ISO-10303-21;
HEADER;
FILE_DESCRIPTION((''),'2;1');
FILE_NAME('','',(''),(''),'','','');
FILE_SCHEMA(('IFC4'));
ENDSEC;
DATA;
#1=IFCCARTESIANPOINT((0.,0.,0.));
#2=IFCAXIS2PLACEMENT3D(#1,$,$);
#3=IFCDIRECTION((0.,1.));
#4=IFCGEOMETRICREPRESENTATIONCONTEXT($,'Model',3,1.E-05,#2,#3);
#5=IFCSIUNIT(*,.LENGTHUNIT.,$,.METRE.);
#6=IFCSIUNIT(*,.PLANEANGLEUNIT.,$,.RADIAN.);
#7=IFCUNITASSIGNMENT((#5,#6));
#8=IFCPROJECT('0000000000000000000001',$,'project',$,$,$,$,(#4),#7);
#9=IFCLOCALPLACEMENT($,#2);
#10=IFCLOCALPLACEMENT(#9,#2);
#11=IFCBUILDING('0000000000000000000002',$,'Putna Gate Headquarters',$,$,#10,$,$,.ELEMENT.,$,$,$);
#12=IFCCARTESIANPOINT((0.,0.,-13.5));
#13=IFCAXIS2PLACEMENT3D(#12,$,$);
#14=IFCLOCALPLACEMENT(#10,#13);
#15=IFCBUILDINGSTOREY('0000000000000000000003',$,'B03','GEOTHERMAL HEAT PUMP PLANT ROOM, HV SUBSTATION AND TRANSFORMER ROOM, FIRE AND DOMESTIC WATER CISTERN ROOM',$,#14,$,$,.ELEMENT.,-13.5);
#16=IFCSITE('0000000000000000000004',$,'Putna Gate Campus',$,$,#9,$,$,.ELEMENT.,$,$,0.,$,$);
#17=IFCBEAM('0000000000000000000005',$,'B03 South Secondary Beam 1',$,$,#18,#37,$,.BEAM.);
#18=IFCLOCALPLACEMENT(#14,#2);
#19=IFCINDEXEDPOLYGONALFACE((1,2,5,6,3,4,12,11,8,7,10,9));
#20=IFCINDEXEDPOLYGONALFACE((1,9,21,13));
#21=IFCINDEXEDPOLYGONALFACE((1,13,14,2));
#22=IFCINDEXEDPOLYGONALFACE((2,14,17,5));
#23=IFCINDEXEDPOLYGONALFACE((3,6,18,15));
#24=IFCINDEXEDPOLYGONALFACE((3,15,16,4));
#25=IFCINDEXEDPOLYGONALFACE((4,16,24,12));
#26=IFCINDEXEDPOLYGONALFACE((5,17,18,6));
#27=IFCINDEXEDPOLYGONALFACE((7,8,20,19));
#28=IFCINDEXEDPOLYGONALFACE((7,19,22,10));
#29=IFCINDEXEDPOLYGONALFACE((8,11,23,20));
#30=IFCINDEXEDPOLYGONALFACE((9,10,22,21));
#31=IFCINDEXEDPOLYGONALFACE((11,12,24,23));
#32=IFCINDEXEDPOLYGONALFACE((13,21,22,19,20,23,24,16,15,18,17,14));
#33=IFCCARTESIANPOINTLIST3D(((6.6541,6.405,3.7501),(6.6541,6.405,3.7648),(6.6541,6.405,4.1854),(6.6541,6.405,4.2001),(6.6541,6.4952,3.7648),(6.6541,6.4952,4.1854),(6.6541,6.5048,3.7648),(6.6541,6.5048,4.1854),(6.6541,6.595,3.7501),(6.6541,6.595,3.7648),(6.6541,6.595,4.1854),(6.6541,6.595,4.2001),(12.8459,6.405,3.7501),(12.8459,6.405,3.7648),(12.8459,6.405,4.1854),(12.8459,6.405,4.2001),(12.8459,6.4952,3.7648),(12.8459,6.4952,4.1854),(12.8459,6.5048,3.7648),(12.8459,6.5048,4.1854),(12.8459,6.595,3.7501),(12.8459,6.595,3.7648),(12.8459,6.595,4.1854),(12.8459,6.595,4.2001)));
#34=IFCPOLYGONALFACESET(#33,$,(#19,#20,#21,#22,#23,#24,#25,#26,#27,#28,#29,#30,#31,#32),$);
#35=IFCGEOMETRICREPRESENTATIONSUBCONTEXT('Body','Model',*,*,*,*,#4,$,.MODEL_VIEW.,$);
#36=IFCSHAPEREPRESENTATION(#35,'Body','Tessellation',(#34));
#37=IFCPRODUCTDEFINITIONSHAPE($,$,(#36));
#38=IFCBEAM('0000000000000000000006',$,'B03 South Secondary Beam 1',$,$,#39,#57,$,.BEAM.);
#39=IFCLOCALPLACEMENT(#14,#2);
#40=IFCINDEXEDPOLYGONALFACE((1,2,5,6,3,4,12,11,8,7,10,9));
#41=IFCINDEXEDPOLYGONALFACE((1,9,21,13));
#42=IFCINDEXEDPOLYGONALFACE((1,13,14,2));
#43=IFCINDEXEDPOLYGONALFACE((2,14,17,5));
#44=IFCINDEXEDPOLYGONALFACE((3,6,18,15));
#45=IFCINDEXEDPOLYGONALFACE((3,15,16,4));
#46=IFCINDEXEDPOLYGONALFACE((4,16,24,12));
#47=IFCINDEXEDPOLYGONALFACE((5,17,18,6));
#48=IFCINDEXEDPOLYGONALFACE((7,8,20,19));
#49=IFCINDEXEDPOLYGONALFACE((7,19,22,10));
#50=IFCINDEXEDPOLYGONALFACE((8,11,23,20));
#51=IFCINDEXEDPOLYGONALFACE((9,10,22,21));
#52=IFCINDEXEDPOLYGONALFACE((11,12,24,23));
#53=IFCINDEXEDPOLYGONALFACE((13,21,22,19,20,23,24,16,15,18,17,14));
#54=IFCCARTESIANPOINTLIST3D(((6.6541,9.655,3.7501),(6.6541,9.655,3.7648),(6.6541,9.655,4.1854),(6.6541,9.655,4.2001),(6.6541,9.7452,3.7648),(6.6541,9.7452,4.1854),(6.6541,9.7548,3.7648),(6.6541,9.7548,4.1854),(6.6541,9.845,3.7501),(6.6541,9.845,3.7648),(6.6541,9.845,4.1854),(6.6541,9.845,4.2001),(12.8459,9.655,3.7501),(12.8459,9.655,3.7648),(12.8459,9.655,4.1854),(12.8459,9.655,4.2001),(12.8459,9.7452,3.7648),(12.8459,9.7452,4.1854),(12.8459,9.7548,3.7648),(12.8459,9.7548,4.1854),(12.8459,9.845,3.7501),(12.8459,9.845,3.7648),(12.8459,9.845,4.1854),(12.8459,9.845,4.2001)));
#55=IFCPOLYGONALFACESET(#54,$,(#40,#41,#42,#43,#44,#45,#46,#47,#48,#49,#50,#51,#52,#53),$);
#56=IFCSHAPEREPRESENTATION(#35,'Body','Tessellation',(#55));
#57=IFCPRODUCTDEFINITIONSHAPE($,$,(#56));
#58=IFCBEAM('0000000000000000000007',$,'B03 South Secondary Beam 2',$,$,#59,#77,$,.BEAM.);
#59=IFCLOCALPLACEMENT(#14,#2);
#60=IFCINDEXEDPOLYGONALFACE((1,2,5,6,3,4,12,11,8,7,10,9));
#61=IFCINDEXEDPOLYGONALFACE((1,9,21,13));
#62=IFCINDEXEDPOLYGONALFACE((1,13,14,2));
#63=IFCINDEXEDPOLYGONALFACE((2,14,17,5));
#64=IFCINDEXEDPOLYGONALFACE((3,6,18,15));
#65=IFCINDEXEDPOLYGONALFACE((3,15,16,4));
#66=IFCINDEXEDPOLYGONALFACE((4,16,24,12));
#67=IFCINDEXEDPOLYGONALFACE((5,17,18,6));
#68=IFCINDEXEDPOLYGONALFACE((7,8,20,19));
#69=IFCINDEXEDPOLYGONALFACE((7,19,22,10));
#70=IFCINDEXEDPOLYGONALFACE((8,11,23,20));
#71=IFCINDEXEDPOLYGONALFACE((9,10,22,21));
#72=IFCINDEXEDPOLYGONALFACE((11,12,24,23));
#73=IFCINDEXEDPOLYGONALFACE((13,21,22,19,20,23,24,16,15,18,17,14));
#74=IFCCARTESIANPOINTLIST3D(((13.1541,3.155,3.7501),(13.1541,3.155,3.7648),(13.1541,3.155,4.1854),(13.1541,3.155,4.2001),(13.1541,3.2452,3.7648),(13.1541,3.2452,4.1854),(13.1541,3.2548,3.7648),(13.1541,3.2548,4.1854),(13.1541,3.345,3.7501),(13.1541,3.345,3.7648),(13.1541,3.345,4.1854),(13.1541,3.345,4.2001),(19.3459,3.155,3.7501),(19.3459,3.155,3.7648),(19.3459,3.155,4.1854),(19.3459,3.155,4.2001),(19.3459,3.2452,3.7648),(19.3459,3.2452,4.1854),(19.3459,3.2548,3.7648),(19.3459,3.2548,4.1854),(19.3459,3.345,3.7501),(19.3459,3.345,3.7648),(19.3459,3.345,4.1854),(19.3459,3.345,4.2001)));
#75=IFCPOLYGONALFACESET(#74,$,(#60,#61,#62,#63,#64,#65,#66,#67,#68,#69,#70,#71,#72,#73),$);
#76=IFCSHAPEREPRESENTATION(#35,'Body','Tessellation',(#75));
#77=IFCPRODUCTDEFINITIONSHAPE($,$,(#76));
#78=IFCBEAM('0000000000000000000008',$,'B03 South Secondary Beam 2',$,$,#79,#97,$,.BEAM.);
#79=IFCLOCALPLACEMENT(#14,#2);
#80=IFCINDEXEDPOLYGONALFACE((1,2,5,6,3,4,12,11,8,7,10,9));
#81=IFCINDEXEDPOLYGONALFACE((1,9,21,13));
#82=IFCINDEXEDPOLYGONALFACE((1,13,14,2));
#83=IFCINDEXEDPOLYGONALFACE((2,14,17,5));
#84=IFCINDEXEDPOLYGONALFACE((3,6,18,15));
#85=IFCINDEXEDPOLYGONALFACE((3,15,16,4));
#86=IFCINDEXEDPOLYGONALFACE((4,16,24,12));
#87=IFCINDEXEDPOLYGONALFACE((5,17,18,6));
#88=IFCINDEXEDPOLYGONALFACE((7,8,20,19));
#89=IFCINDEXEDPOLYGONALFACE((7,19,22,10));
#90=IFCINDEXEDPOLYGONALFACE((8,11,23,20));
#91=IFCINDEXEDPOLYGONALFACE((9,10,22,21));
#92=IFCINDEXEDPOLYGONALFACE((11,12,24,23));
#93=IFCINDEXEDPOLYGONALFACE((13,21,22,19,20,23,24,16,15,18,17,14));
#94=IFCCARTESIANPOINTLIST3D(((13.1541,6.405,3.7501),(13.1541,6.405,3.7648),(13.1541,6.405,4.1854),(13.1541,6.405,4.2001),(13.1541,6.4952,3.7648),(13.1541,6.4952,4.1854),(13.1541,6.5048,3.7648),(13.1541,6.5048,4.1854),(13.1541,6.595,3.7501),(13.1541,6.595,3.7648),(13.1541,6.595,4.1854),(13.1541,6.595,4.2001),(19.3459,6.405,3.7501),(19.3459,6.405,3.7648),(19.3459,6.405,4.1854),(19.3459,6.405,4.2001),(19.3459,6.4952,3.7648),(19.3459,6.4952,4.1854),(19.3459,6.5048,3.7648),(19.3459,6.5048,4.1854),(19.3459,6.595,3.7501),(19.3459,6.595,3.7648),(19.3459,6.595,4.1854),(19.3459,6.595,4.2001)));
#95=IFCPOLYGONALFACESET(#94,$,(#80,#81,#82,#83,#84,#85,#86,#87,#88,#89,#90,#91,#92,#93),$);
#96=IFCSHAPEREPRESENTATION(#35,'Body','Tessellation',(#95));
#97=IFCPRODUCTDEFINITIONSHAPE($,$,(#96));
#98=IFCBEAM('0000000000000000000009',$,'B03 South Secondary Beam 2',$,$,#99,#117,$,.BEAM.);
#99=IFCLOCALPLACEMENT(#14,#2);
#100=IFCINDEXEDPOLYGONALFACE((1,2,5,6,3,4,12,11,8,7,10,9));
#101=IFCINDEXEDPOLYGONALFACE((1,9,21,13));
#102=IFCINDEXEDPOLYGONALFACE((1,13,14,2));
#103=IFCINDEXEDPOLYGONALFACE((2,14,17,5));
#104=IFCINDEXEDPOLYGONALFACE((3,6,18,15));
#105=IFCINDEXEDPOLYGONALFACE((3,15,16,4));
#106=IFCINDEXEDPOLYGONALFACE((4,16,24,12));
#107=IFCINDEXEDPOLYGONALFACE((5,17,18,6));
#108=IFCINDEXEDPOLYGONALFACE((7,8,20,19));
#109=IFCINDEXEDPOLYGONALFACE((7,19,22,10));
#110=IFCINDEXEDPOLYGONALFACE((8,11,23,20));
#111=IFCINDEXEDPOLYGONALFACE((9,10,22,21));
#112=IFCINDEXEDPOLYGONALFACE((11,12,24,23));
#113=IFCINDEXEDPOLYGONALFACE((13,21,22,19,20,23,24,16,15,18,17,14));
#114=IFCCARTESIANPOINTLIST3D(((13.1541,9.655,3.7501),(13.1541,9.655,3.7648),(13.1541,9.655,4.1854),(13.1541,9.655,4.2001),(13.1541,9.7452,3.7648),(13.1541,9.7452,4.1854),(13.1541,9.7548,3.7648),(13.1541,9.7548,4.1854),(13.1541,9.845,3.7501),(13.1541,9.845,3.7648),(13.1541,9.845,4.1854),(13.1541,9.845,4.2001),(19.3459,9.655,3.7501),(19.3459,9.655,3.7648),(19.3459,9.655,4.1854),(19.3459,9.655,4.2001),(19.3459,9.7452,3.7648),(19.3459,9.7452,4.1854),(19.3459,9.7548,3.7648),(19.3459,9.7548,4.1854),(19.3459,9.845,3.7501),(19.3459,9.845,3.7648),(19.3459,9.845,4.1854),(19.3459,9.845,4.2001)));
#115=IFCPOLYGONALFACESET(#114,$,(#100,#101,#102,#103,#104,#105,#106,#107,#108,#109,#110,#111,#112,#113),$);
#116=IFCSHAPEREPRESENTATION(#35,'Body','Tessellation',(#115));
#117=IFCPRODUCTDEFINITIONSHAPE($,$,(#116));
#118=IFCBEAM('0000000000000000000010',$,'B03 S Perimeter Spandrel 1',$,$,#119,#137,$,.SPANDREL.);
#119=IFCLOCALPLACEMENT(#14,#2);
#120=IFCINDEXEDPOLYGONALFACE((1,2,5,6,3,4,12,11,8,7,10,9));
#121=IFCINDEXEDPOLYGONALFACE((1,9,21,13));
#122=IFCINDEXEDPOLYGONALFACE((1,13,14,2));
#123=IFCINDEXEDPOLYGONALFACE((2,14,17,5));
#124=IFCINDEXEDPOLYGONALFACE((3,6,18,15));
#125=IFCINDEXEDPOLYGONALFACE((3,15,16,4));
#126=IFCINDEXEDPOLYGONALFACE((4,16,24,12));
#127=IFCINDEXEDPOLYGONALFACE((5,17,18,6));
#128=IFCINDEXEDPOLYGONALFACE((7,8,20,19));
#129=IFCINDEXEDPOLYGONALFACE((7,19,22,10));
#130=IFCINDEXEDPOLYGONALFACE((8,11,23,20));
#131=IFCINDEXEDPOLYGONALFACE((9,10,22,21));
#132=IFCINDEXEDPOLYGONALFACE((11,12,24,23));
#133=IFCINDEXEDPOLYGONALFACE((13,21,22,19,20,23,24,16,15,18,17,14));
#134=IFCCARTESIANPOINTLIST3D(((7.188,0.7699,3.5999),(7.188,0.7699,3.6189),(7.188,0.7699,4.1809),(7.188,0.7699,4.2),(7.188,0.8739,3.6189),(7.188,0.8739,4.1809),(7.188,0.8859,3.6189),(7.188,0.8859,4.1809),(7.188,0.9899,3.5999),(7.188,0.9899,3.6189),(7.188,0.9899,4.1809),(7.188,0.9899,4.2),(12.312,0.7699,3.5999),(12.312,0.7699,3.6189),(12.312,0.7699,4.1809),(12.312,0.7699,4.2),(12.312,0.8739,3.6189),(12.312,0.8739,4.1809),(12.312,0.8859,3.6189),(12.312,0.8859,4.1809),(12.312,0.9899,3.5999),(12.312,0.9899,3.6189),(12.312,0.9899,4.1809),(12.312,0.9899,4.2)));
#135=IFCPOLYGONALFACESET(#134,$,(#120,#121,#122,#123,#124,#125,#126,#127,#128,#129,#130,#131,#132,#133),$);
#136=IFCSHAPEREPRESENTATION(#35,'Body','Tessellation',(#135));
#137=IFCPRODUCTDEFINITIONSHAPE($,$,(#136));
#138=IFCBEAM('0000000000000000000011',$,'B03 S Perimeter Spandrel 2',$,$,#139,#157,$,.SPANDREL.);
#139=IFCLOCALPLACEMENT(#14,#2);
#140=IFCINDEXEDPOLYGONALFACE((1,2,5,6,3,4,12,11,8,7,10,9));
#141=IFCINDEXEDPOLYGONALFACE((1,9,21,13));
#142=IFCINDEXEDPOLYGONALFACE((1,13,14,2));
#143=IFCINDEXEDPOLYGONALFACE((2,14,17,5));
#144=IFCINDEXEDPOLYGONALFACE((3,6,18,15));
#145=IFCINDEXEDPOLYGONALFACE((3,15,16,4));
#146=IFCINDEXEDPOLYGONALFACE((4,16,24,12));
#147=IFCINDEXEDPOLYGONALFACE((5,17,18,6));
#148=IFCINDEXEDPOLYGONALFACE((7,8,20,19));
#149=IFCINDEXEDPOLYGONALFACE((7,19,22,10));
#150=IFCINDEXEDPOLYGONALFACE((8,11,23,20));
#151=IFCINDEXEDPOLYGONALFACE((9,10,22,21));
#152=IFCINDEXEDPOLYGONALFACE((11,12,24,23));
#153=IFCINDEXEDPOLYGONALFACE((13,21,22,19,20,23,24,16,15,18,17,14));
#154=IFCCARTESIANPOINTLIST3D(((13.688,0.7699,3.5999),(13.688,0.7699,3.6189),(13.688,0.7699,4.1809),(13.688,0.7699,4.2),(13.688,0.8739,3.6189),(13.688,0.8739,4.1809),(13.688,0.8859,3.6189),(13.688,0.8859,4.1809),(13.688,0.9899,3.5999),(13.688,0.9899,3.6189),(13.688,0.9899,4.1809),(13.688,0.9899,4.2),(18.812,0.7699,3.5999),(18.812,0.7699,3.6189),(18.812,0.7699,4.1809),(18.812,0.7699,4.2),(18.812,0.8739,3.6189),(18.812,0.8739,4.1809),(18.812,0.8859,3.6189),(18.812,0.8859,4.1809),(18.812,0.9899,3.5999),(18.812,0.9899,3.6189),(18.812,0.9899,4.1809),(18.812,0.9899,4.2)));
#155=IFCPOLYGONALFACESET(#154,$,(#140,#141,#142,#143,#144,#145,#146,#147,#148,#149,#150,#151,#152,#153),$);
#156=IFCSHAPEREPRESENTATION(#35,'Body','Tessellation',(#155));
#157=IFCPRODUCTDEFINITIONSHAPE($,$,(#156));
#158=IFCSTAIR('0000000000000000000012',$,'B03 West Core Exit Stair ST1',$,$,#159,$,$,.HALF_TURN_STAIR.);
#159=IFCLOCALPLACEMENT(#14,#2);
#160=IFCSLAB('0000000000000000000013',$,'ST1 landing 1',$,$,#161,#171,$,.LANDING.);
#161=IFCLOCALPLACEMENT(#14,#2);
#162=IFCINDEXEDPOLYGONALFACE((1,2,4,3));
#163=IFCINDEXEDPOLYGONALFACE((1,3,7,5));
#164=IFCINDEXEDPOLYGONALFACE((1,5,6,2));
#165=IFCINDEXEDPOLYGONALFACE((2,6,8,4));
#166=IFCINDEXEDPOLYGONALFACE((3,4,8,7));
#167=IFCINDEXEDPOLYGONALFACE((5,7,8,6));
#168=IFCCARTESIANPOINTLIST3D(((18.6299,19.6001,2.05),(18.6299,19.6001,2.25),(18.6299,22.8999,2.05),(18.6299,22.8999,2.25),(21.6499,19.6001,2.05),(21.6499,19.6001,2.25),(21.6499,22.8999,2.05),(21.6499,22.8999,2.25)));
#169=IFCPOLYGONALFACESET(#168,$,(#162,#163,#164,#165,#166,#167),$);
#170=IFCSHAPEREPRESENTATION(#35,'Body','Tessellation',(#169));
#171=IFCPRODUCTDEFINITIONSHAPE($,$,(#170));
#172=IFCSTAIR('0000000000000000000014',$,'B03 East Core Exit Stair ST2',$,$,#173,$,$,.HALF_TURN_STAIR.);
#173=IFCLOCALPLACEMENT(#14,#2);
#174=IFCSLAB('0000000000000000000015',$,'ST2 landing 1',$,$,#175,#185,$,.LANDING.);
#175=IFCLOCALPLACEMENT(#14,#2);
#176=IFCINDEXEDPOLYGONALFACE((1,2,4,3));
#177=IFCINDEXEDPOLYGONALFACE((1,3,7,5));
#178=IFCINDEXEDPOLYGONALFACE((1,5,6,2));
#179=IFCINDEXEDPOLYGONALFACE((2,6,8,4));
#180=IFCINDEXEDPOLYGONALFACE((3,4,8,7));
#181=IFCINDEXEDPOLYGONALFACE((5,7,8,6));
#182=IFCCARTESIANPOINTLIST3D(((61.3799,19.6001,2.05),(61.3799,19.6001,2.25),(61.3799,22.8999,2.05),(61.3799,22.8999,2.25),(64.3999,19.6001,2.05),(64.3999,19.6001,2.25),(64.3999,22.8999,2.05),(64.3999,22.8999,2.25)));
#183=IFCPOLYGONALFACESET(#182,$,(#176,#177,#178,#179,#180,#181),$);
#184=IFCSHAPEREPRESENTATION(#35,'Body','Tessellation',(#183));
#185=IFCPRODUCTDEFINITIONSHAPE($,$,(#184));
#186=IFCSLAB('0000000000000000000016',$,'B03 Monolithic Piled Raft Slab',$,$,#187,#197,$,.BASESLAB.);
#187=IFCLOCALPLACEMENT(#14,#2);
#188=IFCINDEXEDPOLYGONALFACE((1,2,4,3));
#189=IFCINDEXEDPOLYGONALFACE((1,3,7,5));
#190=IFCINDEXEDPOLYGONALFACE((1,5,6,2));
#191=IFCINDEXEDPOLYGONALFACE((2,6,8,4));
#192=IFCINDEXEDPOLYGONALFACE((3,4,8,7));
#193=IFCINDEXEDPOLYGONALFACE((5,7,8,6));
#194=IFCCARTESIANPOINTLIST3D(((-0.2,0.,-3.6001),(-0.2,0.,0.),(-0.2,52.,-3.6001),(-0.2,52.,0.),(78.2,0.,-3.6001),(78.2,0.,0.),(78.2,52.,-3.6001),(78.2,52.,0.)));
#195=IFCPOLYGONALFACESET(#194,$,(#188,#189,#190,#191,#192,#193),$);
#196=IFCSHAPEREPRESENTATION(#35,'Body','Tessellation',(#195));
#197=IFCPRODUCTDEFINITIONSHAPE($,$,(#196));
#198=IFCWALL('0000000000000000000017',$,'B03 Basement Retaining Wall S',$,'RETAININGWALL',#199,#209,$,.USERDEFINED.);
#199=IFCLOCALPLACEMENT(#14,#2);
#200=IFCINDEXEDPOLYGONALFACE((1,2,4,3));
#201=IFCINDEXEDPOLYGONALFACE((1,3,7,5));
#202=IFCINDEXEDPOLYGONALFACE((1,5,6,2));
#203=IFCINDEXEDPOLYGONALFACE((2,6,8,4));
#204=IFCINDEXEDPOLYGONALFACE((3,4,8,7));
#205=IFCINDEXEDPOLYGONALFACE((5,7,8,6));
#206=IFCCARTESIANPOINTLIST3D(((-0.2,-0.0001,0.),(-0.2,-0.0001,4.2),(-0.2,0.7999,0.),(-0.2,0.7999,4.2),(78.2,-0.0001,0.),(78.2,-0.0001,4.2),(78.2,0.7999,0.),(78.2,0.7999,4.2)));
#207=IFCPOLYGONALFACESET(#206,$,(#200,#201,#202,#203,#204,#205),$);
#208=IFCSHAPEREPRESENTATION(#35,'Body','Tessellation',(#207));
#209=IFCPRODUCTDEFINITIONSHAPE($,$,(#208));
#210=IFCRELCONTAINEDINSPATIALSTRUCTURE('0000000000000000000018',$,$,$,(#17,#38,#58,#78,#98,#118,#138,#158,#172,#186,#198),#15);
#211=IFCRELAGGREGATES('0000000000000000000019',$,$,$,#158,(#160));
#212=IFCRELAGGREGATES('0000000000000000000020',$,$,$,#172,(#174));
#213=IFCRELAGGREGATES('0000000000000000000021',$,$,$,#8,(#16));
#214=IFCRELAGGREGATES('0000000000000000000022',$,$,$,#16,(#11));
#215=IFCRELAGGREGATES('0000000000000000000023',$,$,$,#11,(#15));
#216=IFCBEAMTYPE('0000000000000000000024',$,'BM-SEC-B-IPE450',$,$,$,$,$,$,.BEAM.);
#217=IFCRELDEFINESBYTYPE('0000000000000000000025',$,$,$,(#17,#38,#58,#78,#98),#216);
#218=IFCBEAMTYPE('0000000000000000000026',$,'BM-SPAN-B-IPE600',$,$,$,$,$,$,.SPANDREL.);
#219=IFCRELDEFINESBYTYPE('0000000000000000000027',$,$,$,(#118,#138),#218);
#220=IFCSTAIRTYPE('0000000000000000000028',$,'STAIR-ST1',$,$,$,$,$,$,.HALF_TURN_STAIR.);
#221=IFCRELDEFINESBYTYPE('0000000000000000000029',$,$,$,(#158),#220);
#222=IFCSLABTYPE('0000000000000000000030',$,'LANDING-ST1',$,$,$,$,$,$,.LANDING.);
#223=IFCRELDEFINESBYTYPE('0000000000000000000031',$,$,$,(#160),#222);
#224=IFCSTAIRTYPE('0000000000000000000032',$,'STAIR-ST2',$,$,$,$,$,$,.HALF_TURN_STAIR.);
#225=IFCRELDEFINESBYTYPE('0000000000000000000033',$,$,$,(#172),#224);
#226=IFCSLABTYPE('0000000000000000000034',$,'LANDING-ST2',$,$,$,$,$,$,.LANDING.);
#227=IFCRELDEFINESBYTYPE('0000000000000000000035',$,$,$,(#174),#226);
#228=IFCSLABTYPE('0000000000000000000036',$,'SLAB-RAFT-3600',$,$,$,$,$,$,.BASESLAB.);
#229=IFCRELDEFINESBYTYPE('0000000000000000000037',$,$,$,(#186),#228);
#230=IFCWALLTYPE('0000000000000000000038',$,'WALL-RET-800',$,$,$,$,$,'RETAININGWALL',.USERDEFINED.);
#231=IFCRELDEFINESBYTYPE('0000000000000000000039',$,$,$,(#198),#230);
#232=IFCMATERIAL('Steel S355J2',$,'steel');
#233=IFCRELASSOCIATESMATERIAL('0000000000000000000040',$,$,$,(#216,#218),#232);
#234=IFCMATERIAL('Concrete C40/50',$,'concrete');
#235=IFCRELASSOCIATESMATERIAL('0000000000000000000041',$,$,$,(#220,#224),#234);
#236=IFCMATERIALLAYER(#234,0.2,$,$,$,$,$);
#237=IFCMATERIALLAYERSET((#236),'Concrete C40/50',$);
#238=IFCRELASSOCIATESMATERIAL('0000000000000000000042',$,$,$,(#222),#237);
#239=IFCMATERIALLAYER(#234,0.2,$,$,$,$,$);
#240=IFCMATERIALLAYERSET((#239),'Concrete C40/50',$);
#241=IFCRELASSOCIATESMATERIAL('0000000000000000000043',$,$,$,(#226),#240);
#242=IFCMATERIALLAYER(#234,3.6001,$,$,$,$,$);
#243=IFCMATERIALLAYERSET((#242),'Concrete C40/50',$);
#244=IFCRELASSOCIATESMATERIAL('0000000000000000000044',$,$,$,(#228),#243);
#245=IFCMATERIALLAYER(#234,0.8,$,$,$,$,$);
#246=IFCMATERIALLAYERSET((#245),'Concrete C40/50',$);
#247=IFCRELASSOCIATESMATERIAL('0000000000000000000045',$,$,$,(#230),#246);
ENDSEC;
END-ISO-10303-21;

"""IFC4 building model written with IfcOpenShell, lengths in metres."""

from ifc_helpers import new_model, si_unit, direction, frame, frame_2d, origin, origin_2d, place, context, subcontext, project, spatial, polyline, rectangle, i_section, outline, extrude, material, layer, layer_set, material_profile, profile_set, type_object, element, aggregate, save


model = new_model("IFC4")

# Units and contexts
model_context = context("Model", 3, precision=1e-05, world=origin(), true_north=direction((0.0, 1.0)))
body_context = subcontext(model_context, "Body", "Model", "MODEL_VIEW")
ifc_project = project(units=[si_unit("LENGTHUNIT", "METRE"), si_unit("PLANEANGLEUNIT", "RADIAN")], contexts=[model_context])

# Site, building, storey
site_placement = place(None, origin())
site = spatial("IfcSite", under=ifc_project, at=site_placement, Name="Putna Gate Campus", CompositionType="ELEMENT", RefElevation=0.0)
building_placement = place(site_placement, origin())
building = spatial("IfcBuilding", under=site, at=building_placement, Name="Putna Gate Headquarters", CompositionType="ELEMENT")
storey_placement = place(building_placement, frame((0.0, 0.0, -13.5)))
storey = spatial("IfcBuildingStorey", under=building, at=storey_placement, Name="B03", Description="GEOTHERMAL HEAT PUMP PLANT ROOM, HV SUBSTATION AND TRANSFORMER ROOM, FIRE AND DOMESTIC WATER CISTERN ROOM", CompositionType="ELEMENT", Elevation=-13.5)

# Shared definitions
ifc_material_1 = material(Name="Concrete C40/50", Category="concrete")

# Beams
ifc_material_2 = material(Name="Steel S355J2", Category="steel")
ifc_material_profile_1 = material_profile(ifc_material_2, i_section(OverallWidth=0.1899, OverallDepth=0.45, WebThickness=0.0095, FlangeThickness=0.0146, at=origin_2d()), Name="Steel S355J2")
ifc_profile_set_1 = profile_set([ifc_material_profile_1], Name="Steel S355J2")
beam_type_1 = type_object("IfcBeamType", Name="BM-SEC-B-IPE450", PredefinedType="BEAM", material=ifc_profile_set_1)
for number, where, z_axis, x_axis, name in (
    (1, (6.6541, 6.5, 3.9751), (1.0, 0.0, 0.0), (0.0, 1.0, 0.0), "B03 South Secondary Beam 1"),
    (2, (6.6541, 9.75, 3.9751), (1.0, 0.0, 0.0), (0.0, 1.0, 0.0), "B03 South Secondary Beam 1"),
    (3, (13.1541, 3.25, 3.9751), (1.0, 0.0, 0.0), (0.0, 1.0, 0.0), "B03 South Secondary Beam 2"),
    (4, (13.1541, 6.5, 3.9751), (1.0, 0.0, 0.0), (0.0, 1.0, 0.0), "B03 South Secondary Beam 2"),
    (5, (13.1541, 9.75, 3.9751), (1.0, 0.0, 0.0), (0.0, 1.0, 0.0), "B03 South Secondary Beam 2"),
):
    element("IfcBeam", number, at=place(storey_placement, frame(where, z_axis=z_axis, x_axis=x_axis)), inside=storey, type_object=beam_type_1, Name=name, PredefinedType="BEAM", context=body_context, shape_type="SweptSolid", body=[
        extrude(i_section(OverallWidth=0.1899, OverallDepth=0.45, WebThickness=0.0095, FlangeThickness=0.0146, at=origin_2d()), origin(), (0.0, 0.0, 1.0), 6.1919),
    ])
ifc_material_profile_2 = material_profile(ifc_material_2, i_section(OverallWidth=0.22, OverallDepth=0.6001, WebThickness=0.012, FlangeThickness=0.019, at=origin_2d()), Name="Steel S355J2")
ifc_profile_set_2 = profile_set([ifc_material_profile_2], Name="Steel S355J2")
beam_type_2 = type_object("IfcBeamType", Name="BM-SPAN-B-IPE600", PredefinedType="SPANDREL", material=ifc_profile_set_2)
for number, where, z_axis, x_axis, name in (
    (6, (7.188, 0.8799, 3.8999), (1.0, 0.0, 0.0), (0.0, 1.0, 0.0), "B03 S Perimeter Spandrel 1"),
    (7, (13.688, 0.8799, 3.8999), (1.0, 0.0, 0.0), (0.0, 1.0, 0.0), "B03 S Perimeter Spandrel 2"),
):
    element("IfcBeam", number, at=place(storey_placement, frame(where, z_axis=z_axis, x_axis=x_axis)), inside=storey, type_object=beam_type_2, Name=name, PredefinedType="SPANDREL", context=body_context, shape_type="SweptSolid", body=[
        extrude(i_section(OverallWidth=0.22, OverallDepth=0.6001, WebThickness=0.012, FlangeThickness=0.019, at=origin_2d()), origin(), (0.0, 0.0, 1.0), 5.124),
    ])

# Stairs, slabs
stair_type_1 = type_object("IfcStairType", Name="STAIR-ST1", PredefinedType="HALF_TURN_STAIR", material=ifc_material_1)
stair_1_placement = place(storey_placement, origin())
stair_1 = element("IfcStair", 8, at=stair_1_placement, inside=storey, type_object=stair_type_1, Name="B03 West Core Exit Stair ST1", PredefinedType="HALF_TURN_STAIR")
ifc_layer_1 = layer(ifc_material_1, 0.2)
ifc_layer_set_1 = layer_set([ifc_layer_1], Name="Concrete C40/50")
slab_type_1 = type_object("IfcSlabType", Name="LANDING-ST1", PredefinedType="LANDING", material=ifc_layer_set_1)
slab_1_placement = place(storey_placement, frame((0.0, 0.0, 2.05)))
slab_1 = element("IfcSlab", 9, at=slab_1_placement, type_object=slab_type_1, Name="ST1 landing 1", PredefinedType="LANDING", context=body_context, shape_type="SweptSolid", body=[
    extrude(outline(polyline([(18.6299, 19.6001), (21.6499, 19.6001), (21.6499, 22.8999), (18.6299, 22.8999), (18.6299, 19.6001)])), origin(), (0.0, 0.0, 1.0), 0.2),
])
aggregate(stair_1, [slab_1])
stair_type_2 = type_object("IfcStairType", Name="STAIR-ST2", PredefinedType="HALF_TURN_STAIR", material=ifc_material_1)
stair_2_placement = place(storey_placement, origin())
stair_2 = element("IfcStair", 10, at=stair_2_placement, inside=storey, type_object=stair_type_2, Name="B03 East Core Exit Stair ST2", PredefinedType="HALF_TURN_STAIR")
ifc_layer_2 = layer(ifc_material_1, 0.2)
ifc_layer_set_2 = layer_set([ifc_layer_2], Name="Concrete C40/50")
slab_type_2 = type_object("IfcSlabType", Name="LANDING-ST2", PredefinedType="LANDING", material=ifc_layer_set_2)
slab_2_placement = place(storey_placement, frame((0.0, 0.0, 2.05)))
slab_2 = element("IfcSlab", 11, at=slab_2_placement, type_object=slab_type_2, Name="ST2 landing 1", PredefinedType="LANDING", context=body_context, shape_type="SweptSolid", body=[
    extrude(outline(polyline([(61.3799, 19.6001), (64.3999, 19.6001), (64.3999, 22.8999), (61.3799, 22.8999), (61.3799, 19.6001)])), origin(), (0.0, 0.0, 1.0), 0.2),
])
aggregate(stair_2, [slab_2])

# Slab
ifc_layer_3 = layer(ifc_material_1, 3.6001)
ifc_layer_set_3 = layer_set([ifc_layer_3], Name="Concrete C40/50")
slab_type_3 = type_object("IfcSlabType", Name="SLAB-RAFT-3600", PredefinedType="BASESLAB", material=ifc_layer_set_3)
slab_3_placement = place(storey_placement, frame((0.0, 0.0, -3.6001)))
element("IfcSlab", 12, at=slab_3_placement, inside=storey, type_object=slab_type_3, Name="B03 Monolithic Piled Raft Slab", PredefinedType="BASESLAB", context=body_context, shape_type="SweptSolid", body=[
    extrude(outline(polyline([(-0.2, 0.0), (78.2, 0.0), (78.2, 52.0), (-0.2, 52.0), (-0.2, 0.0)])), origin(), (0.0, 0.0, 1.0), 3.6001),
])

# Wall
ifc_layer_4 = layer(ifc_material_1, 0.8)
ifc_layer_set_4 = layer_set([ifc_layer_4], Name="Concrete C40/50")
wall_type = type_object("IfcWallType", Name="WALL-RET-800", ElementType="RETAININGWALL", PredefinedType="USERDEFINED", material=ifc_layer_set_4)
wall_placement = place(storey_placement, frame((-0.2, 0.3999, 0.0), z_axis=(0.0, 0.0, 1.0), x_axis=(1.0, 0.0, 0.0)))
element("IfcWall", 13, at=wall_placement, inside=storey, type_object=wall_type, Name="B03 Basement Retaining Wall S", ObjectType="RETAININGWALL", PredefinedType="USERDEFINED", context=body_context, shape_type="SweptSolid", body=[
    extrude(rectangle(XDim=78.3999, YDim=0.8, at=frame_2d((39.2, 0.0))), origin(), (0.0, 0.0, 1.0), 4.2),
])

save(model, "model.ifc")
